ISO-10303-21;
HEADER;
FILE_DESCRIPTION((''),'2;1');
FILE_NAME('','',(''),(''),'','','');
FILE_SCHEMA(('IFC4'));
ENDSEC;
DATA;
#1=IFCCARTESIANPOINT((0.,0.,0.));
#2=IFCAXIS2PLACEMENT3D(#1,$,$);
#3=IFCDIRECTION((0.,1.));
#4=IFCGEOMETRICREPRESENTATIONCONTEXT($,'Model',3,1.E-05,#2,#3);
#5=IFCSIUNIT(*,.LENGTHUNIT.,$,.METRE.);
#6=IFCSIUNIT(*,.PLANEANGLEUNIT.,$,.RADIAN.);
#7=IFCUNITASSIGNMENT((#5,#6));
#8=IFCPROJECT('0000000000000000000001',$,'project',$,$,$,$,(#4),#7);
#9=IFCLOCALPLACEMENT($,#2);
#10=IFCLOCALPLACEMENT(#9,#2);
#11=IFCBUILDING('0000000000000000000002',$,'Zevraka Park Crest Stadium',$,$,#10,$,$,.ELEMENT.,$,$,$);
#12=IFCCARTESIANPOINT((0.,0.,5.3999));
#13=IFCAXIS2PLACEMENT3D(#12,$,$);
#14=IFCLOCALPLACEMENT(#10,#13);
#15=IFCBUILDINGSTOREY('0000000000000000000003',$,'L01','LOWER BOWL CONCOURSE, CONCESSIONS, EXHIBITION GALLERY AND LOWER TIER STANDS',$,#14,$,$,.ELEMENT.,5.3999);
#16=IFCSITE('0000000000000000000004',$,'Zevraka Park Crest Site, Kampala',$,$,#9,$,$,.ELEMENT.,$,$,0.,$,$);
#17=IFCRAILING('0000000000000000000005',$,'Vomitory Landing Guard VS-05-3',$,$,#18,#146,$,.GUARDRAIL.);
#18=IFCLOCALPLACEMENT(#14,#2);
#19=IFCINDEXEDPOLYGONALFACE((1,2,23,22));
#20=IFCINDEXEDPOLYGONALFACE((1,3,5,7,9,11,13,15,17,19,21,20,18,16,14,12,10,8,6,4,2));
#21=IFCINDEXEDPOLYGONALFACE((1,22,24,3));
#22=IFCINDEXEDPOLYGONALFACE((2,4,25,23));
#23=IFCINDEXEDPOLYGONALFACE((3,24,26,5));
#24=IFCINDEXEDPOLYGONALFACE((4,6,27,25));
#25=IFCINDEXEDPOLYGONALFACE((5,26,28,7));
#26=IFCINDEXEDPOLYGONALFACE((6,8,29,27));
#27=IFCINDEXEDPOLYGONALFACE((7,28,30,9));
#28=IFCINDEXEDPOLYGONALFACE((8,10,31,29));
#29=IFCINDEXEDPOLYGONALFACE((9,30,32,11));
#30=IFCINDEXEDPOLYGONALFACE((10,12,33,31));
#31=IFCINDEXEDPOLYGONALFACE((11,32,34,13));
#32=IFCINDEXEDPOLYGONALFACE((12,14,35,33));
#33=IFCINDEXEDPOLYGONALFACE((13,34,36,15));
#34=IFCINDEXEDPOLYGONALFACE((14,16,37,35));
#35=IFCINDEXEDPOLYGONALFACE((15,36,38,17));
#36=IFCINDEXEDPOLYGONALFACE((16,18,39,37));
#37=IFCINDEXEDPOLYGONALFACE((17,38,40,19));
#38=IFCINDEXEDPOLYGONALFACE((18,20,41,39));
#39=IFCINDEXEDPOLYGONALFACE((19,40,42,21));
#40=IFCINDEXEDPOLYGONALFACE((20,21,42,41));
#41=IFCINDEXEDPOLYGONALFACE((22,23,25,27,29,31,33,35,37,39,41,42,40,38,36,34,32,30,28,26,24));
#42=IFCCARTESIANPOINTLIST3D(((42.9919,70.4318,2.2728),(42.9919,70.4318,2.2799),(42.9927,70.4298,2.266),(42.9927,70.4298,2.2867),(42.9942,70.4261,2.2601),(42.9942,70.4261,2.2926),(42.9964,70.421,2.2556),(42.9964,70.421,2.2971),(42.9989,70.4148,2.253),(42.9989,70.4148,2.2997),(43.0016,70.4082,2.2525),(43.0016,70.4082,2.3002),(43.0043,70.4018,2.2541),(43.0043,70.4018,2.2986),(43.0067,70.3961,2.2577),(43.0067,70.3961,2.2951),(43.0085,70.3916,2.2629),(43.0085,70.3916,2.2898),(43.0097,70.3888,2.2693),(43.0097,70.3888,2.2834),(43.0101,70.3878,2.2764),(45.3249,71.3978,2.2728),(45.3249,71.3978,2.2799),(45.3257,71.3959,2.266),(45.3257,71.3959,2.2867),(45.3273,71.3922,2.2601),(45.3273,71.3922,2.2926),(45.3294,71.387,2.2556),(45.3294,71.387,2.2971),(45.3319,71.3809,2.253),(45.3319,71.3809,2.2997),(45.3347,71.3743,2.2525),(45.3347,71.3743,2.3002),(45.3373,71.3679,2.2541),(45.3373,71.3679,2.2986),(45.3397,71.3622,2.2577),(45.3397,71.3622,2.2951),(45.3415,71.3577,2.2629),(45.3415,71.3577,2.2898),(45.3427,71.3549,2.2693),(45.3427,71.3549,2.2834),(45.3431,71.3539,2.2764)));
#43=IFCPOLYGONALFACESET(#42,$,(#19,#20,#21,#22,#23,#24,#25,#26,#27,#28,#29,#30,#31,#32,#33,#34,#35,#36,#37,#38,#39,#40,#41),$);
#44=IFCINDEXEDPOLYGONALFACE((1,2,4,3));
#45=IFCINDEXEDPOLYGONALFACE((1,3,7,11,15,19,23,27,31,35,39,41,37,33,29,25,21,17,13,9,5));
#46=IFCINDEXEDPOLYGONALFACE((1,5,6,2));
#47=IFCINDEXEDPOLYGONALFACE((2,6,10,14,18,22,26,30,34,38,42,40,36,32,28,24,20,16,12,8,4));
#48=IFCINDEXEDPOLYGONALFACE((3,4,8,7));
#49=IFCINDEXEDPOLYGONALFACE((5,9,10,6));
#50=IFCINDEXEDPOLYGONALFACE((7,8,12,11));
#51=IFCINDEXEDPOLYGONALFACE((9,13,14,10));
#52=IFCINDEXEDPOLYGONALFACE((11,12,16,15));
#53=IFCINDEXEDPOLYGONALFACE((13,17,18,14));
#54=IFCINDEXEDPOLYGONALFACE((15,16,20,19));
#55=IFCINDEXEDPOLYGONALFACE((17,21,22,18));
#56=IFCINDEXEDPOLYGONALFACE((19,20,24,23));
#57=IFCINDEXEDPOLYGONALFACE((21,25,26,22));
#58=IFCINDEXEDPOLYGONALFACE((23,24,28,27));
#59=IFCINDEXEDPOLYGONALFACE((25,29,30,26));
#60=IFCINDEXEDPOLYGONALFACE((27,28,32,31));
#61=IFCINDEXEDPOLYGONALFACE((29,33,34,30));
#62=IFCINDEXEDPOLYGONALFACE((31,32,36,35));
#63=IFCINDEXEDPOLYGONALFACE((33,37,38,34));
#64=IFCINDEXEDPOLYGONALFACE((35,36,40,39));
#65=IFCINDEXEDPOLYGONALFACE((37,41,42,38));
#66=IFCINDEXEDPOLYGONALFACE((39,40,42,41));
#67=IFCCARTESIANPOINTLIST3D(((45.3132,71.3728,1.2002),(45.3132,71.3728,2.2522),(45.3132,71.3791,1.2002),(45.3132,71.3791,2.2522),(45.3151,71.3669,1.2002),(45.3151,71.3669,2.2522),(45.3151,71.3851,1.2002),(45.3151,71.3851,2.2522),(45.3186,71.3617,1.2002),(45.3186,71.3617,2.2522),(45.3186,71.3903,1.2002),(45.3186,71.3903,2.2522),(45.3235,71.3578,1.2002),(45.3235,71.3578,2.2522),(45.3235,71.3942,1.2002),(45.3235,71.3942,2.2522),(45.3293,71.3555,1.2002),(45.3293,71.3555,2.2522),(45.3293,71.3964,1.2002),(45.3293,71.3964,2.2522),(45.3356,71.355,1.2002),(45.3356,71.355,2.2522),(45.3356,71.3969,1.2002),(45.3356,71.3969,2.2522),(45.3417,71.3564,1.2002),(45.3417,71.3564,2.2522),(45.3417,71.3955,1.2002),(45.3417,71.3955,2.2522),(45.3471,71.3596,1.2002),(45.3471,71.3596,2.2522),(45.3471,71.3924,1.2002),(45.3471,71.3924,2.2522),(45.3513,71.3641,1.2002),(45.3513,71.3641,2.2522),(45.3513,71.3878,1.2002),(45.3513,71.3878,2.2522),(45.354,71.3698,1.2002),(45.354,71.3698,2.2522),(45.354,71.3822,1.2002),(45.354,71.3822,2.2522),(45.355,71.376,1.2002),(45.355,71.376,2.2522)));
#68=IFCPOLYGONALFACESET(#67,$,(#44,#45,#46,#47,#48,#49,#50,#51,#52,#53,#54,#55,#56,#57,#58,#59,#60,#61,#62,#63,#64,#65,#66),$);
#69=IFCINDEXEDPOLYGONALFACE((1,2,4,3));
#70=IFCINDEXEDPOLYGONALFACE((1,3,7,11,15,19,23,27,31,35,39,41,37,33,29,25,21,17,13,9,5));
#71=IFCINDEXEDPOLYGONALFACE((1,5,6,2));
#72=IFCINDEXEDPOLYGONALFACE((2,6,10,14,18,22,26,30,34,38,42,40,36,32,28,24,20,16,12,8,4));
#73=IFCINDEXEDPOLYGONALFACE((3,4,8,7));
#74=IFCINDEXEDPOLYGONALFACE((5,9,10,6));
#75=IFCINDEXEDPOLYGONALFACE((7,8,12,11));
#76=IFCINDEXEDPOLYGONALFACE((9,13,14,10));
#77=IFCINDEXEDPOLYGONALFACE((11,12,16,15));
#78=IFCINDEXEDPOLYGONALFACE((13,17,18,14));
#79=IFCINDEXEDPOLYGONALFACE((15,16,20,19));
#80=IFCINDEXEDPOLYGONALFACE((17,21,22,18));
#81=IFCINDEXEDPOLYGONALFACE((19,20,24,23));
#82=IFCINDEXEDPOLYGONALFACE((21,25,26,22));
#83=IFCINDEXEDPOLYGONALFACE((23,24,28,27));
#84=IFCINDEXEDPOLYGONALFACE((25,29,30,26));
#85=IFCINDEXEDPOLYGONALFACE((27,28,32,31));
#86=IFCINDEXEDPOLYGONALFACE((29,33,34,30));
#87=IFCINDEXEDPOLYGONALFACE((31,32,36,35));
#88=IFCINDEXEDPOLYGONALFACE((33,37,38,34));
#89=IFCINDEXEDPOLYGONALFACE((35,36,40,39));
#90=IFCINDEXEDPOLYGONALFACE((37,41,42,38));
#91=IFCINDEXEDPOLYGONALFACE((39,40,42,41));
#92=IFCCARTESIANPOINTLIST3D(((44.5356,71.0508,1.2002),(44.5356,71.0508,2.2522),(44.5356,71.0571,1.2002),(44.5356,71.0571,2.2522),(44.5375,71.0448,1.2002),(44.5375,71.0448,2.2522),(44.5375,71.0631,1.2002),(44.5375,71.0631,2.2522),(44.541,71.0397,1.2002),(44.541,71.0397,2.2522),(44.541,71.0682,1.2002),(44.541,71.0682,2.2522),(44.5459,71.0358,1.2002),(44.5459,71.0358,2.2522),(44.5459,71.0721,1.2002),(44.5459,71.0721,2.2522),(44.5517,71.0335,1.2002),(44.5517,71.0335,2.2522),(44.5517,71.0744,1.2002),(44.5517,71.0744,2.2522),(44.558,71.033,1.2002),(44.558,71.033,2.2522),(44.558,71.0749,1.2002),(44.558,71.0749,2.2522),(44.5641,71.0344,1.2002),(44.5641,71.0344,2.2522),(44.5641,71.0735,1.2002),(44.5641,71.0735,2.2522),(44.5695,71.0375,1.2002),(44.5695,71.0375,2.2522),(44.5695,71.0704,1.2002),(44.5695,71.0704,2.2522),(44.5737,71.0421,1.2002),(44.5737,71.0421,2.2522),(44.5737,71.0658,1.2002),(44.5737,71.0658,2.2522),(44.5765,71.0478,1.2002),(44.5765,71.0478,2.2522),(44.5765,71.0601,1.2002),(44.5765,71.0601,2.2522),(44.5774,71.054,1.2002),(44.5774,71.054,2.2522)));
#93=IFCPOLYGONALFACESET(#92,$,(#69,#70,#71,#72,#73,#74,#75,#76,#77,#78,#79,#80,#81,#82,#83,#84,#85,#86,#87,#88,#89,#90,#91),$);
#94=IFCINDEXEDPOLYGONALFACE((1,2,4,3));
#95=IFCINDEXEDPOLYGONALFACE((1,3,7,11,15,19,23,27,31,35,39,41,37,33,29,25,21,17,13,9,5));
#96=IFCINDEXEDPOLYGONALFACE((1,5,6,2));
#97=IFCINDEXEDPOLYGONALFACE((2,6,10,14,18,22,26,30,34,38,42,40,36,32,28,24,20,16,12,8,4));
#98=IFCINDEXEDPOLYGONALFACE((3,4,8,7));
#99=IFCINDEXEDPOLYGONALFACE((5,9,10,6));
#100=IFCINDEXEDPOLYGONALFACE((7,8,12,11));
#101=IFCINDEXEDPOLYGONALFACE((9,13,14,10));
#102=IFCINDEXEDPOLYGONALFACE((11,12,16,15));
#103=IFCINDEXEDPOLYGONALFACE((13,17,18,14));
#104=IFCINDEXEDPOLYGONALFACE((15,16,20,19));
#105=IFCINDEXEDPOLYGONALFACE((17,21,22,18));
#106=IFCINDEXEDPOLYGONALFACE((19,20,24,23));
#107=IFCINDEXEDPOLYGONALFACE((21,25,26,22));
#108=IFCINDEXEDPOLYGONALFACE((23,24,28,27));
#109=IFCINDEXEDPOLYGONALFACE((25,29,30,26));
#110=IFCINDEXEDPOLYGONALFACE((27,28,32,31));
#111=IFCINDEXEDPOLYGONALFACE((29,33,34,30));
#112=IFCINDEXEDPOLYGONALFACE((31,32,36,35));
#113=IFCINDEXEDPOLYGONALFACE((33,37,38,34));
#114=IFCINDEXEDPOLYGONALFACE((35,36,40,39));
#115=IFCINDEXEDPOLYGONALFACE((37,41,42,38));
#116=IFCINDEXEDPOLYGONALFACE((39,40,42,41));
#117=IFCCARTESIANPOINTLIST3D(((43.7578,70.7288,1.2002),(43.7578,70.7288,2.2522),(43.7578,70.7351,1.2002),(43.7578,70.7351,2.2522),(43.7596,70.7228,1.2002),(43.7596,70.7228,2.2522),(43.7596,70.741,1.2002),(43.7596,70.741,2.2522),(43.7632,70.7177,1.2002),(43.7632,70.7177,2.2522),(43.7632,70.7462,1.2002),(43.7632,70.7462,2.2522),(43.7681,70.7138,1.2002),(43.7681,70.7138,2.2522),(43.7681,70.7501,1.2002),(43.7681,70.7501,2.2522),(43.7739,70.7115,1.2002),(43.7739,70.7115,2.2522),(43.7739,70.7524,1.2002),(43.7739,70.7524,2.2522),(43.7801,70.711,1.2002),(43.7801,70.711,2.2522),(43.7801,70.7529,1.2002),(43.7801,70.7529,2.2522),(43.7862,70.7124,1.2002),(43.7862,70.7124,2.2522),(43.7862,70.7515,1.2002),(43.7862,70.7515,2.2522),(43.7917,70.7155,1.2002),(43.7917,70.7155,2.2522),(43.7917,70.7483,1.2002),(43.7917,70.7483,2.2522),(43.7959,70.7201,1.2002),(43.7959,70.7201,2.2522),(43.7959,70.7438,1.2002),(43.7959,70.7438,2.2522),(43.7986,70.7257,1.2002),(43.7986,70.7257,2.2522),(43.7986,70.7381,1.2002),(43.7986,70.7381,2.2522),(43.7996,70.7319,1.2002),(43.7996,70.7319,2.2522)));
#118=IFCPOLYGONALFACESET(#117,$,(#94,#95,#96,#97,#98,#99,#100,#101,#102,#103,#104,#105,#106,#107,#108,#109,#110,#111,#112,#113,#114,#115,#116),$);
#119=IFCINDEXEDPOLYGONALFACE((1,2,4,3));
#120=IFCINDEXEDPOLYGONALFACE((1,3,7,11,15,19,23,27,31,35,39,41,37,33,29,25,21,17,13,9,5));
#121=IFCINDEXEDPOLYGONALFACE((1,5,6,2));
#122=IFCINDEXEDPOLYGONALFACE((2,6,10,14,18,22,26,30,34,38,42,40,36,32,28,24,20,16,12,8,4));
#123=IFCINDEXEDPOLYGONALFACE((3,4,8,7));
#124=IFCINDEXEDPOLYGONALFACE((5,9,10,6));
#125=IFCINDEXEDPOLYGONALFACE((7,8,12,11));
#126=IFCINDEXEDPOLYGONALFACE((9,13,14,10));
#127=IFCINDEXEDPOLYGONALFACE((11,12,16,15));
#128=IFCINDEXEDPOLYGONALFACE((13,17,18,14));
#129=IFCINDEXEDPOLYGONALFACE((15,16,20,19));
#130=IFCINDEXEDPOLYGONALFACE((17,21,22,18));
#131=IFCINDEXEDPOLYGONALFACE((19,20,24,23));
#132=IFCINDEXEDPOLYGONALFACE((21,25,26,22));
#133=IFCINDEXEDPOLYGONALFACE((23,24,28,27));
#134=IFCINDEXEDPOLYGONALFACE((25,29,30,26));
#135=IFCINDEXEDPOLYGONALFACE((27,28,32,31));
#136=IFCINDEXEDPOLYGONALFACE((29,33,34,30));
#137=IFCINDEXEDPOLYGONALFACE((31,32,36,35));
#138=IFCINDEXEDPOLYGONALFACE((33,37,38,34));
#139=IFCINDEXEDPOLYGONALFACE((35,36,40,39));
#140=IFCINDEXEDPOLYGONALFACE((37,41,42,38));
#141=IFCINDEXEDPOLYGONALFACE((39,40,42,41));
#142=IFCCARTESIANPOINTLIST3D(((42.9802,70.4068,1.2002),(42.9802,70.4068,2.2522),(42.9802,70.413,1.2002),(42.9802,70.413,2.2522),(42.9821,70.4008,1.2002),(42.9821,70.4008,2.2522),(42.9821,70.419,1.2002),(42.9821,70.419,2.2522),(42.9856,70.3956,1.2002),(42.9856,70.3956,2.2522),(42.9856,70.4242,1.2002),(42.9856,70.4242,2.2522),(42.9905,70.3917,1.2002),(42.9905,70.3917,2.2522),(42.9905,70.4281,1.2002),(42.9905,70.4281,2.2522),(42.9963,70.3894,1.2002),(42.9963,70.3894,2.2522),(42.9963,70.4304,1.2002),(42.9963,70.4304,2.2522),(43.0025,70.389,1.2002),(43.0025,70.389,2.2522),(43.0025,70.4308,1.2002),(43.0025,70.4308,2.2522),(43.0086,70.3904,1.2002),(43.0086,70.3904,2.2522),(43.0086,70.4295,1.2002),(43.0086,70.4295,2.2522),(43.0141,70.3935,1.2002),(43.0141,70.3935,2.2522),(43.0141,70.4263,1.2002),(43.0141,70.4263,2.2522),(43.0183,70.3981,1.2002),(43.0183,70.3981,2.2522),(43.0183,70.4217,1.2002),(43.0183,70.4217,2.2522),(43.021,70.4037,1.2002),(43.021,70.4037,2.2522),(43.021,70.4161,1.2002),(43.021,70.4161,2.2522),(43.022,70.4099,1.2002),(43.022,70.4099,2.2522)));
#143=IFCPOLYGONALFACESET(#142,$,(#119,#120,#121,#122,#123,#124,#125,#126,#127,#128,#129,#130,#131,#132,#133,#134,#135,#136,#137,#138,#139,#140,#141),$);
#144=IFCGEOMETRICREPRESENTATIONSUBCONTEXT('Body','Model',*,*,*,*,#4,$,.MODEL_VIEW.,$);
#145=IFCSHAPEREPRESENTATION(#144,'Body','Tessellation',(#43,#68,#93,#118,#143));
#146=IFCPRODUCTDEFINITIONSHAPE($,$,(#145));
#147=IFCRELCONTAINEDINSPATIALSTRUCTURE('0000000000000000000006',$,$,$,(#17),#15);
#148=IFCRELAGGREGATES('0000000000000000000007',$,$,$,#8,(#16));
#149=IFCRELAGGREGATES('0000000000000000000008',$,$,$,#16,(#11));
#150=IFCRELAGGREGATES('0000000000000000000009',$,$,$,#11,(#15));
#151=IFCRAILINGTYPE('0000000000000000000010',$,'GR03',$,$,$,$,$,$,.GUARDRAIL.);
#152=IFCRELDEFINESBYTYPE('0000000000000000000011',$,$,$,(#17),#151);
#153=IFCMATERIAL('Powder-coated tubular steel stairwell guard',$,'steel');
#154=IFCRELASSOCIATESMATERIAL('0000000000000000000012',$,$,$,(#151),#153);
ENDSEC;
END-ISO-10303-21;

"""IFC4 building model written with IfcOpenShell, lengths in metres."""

from ifc_helpers import new_model, si_unit, direction, frame, origin, origin_2d, place, context, subcontext, project, spatial, circle, extrude, material, type_object, element, save


model = new_model("IFC4")

# Units and contexts
model_context = context("Model", 3, precision=1e-05, world=origin(), true_north=direction((0.0, 1.0)))
body_context = subcontext(model_context, "Body", "Model", "MODEL_VIEW")
ifc_project = project(units=[si_unit("LENGTHUNIT", "METRE"), si_unit("PLANEANGLEUNIT", "RADIAN")], contexts=[model_context])

# Site, building, storey
site_placement = place(None, origin())
site = spatial("IfcSite", under=ifc_project, at=site_placement, Name="Zevraka Park Crest Site, Kampala", CompositionType="ELEMENT", RefElevation=0.0)
building_placement = place(site_placement, origin())
building = spatial("IfcBuilding", under=site, at=building_placement, Name="Zevraka Park Crest Stadium", CompositionType="ELEMENT")
storey_placement = place(building_placement, frame((0.0, 0.0, 5.3999)))
storey = spatial("IfcBuildingStorey", under=building, at=storey_placement, Name="L01", Description="LOWER BOWL CONCOURSE, CONCESSIONS, EXHIBITION GALLERY AND LOWER TIER STANDS", CompositionType="ELEMENT", Elevation=5.3999)

# Railing
ifc_material_1 = material(Name="Powder-coated tubular steel stairwell guard", Category="steel")
railing_type_1 = type_object("IfcRailingType", Name="GR03", PredefinedType="GUARDRAIL", material=ifc_material_1)
railing_1_placement = place(storey_placement, frame((45.334, 71.376, 1.2002)))
element("IfcRailing", 1, at=railing_1_placement, inside=storey, type_object=railing_type_1, Name="Vomitory Landing Guard VS-05-3", PredefinedType="GUARDRAIL", context=body_context, shape_type="SweptSolid", body=[
    extrude(circle(Radius=0.0239, at=origin_2d()), frame((0.0, 0.0, 1.0762), z_axis=(-0.923921, -0.382582, 0.0), x_axis=(0.382582, -0.923921, 0.0)), (0.0, 0.0, 1.0), 2.5251),
    extrude(circle(Radius=0.021, at=origin_2d()), origin(), (0.0, 0.0, 1.0), 1.052),
    extrude(circle(Radius=0.021, at=origin_2d()), frame((-0.7776, -0.322, 0.0)), (0.0, 0.0, 1.0), 1.052),
    extrude(circle(Radius=0.021, at=origin_2d()), frame((-1.5554, -0.644, 0.0)), (0.0, 0.0, 1.0), 1.052),
    extrude(circle(Radius=0.021, at=origin_2d()), frame((-2.333, -0.9661, 0.0)), (0.0, 0.0, 1.0), 1.052),
])

save(model, "model.ifc")
